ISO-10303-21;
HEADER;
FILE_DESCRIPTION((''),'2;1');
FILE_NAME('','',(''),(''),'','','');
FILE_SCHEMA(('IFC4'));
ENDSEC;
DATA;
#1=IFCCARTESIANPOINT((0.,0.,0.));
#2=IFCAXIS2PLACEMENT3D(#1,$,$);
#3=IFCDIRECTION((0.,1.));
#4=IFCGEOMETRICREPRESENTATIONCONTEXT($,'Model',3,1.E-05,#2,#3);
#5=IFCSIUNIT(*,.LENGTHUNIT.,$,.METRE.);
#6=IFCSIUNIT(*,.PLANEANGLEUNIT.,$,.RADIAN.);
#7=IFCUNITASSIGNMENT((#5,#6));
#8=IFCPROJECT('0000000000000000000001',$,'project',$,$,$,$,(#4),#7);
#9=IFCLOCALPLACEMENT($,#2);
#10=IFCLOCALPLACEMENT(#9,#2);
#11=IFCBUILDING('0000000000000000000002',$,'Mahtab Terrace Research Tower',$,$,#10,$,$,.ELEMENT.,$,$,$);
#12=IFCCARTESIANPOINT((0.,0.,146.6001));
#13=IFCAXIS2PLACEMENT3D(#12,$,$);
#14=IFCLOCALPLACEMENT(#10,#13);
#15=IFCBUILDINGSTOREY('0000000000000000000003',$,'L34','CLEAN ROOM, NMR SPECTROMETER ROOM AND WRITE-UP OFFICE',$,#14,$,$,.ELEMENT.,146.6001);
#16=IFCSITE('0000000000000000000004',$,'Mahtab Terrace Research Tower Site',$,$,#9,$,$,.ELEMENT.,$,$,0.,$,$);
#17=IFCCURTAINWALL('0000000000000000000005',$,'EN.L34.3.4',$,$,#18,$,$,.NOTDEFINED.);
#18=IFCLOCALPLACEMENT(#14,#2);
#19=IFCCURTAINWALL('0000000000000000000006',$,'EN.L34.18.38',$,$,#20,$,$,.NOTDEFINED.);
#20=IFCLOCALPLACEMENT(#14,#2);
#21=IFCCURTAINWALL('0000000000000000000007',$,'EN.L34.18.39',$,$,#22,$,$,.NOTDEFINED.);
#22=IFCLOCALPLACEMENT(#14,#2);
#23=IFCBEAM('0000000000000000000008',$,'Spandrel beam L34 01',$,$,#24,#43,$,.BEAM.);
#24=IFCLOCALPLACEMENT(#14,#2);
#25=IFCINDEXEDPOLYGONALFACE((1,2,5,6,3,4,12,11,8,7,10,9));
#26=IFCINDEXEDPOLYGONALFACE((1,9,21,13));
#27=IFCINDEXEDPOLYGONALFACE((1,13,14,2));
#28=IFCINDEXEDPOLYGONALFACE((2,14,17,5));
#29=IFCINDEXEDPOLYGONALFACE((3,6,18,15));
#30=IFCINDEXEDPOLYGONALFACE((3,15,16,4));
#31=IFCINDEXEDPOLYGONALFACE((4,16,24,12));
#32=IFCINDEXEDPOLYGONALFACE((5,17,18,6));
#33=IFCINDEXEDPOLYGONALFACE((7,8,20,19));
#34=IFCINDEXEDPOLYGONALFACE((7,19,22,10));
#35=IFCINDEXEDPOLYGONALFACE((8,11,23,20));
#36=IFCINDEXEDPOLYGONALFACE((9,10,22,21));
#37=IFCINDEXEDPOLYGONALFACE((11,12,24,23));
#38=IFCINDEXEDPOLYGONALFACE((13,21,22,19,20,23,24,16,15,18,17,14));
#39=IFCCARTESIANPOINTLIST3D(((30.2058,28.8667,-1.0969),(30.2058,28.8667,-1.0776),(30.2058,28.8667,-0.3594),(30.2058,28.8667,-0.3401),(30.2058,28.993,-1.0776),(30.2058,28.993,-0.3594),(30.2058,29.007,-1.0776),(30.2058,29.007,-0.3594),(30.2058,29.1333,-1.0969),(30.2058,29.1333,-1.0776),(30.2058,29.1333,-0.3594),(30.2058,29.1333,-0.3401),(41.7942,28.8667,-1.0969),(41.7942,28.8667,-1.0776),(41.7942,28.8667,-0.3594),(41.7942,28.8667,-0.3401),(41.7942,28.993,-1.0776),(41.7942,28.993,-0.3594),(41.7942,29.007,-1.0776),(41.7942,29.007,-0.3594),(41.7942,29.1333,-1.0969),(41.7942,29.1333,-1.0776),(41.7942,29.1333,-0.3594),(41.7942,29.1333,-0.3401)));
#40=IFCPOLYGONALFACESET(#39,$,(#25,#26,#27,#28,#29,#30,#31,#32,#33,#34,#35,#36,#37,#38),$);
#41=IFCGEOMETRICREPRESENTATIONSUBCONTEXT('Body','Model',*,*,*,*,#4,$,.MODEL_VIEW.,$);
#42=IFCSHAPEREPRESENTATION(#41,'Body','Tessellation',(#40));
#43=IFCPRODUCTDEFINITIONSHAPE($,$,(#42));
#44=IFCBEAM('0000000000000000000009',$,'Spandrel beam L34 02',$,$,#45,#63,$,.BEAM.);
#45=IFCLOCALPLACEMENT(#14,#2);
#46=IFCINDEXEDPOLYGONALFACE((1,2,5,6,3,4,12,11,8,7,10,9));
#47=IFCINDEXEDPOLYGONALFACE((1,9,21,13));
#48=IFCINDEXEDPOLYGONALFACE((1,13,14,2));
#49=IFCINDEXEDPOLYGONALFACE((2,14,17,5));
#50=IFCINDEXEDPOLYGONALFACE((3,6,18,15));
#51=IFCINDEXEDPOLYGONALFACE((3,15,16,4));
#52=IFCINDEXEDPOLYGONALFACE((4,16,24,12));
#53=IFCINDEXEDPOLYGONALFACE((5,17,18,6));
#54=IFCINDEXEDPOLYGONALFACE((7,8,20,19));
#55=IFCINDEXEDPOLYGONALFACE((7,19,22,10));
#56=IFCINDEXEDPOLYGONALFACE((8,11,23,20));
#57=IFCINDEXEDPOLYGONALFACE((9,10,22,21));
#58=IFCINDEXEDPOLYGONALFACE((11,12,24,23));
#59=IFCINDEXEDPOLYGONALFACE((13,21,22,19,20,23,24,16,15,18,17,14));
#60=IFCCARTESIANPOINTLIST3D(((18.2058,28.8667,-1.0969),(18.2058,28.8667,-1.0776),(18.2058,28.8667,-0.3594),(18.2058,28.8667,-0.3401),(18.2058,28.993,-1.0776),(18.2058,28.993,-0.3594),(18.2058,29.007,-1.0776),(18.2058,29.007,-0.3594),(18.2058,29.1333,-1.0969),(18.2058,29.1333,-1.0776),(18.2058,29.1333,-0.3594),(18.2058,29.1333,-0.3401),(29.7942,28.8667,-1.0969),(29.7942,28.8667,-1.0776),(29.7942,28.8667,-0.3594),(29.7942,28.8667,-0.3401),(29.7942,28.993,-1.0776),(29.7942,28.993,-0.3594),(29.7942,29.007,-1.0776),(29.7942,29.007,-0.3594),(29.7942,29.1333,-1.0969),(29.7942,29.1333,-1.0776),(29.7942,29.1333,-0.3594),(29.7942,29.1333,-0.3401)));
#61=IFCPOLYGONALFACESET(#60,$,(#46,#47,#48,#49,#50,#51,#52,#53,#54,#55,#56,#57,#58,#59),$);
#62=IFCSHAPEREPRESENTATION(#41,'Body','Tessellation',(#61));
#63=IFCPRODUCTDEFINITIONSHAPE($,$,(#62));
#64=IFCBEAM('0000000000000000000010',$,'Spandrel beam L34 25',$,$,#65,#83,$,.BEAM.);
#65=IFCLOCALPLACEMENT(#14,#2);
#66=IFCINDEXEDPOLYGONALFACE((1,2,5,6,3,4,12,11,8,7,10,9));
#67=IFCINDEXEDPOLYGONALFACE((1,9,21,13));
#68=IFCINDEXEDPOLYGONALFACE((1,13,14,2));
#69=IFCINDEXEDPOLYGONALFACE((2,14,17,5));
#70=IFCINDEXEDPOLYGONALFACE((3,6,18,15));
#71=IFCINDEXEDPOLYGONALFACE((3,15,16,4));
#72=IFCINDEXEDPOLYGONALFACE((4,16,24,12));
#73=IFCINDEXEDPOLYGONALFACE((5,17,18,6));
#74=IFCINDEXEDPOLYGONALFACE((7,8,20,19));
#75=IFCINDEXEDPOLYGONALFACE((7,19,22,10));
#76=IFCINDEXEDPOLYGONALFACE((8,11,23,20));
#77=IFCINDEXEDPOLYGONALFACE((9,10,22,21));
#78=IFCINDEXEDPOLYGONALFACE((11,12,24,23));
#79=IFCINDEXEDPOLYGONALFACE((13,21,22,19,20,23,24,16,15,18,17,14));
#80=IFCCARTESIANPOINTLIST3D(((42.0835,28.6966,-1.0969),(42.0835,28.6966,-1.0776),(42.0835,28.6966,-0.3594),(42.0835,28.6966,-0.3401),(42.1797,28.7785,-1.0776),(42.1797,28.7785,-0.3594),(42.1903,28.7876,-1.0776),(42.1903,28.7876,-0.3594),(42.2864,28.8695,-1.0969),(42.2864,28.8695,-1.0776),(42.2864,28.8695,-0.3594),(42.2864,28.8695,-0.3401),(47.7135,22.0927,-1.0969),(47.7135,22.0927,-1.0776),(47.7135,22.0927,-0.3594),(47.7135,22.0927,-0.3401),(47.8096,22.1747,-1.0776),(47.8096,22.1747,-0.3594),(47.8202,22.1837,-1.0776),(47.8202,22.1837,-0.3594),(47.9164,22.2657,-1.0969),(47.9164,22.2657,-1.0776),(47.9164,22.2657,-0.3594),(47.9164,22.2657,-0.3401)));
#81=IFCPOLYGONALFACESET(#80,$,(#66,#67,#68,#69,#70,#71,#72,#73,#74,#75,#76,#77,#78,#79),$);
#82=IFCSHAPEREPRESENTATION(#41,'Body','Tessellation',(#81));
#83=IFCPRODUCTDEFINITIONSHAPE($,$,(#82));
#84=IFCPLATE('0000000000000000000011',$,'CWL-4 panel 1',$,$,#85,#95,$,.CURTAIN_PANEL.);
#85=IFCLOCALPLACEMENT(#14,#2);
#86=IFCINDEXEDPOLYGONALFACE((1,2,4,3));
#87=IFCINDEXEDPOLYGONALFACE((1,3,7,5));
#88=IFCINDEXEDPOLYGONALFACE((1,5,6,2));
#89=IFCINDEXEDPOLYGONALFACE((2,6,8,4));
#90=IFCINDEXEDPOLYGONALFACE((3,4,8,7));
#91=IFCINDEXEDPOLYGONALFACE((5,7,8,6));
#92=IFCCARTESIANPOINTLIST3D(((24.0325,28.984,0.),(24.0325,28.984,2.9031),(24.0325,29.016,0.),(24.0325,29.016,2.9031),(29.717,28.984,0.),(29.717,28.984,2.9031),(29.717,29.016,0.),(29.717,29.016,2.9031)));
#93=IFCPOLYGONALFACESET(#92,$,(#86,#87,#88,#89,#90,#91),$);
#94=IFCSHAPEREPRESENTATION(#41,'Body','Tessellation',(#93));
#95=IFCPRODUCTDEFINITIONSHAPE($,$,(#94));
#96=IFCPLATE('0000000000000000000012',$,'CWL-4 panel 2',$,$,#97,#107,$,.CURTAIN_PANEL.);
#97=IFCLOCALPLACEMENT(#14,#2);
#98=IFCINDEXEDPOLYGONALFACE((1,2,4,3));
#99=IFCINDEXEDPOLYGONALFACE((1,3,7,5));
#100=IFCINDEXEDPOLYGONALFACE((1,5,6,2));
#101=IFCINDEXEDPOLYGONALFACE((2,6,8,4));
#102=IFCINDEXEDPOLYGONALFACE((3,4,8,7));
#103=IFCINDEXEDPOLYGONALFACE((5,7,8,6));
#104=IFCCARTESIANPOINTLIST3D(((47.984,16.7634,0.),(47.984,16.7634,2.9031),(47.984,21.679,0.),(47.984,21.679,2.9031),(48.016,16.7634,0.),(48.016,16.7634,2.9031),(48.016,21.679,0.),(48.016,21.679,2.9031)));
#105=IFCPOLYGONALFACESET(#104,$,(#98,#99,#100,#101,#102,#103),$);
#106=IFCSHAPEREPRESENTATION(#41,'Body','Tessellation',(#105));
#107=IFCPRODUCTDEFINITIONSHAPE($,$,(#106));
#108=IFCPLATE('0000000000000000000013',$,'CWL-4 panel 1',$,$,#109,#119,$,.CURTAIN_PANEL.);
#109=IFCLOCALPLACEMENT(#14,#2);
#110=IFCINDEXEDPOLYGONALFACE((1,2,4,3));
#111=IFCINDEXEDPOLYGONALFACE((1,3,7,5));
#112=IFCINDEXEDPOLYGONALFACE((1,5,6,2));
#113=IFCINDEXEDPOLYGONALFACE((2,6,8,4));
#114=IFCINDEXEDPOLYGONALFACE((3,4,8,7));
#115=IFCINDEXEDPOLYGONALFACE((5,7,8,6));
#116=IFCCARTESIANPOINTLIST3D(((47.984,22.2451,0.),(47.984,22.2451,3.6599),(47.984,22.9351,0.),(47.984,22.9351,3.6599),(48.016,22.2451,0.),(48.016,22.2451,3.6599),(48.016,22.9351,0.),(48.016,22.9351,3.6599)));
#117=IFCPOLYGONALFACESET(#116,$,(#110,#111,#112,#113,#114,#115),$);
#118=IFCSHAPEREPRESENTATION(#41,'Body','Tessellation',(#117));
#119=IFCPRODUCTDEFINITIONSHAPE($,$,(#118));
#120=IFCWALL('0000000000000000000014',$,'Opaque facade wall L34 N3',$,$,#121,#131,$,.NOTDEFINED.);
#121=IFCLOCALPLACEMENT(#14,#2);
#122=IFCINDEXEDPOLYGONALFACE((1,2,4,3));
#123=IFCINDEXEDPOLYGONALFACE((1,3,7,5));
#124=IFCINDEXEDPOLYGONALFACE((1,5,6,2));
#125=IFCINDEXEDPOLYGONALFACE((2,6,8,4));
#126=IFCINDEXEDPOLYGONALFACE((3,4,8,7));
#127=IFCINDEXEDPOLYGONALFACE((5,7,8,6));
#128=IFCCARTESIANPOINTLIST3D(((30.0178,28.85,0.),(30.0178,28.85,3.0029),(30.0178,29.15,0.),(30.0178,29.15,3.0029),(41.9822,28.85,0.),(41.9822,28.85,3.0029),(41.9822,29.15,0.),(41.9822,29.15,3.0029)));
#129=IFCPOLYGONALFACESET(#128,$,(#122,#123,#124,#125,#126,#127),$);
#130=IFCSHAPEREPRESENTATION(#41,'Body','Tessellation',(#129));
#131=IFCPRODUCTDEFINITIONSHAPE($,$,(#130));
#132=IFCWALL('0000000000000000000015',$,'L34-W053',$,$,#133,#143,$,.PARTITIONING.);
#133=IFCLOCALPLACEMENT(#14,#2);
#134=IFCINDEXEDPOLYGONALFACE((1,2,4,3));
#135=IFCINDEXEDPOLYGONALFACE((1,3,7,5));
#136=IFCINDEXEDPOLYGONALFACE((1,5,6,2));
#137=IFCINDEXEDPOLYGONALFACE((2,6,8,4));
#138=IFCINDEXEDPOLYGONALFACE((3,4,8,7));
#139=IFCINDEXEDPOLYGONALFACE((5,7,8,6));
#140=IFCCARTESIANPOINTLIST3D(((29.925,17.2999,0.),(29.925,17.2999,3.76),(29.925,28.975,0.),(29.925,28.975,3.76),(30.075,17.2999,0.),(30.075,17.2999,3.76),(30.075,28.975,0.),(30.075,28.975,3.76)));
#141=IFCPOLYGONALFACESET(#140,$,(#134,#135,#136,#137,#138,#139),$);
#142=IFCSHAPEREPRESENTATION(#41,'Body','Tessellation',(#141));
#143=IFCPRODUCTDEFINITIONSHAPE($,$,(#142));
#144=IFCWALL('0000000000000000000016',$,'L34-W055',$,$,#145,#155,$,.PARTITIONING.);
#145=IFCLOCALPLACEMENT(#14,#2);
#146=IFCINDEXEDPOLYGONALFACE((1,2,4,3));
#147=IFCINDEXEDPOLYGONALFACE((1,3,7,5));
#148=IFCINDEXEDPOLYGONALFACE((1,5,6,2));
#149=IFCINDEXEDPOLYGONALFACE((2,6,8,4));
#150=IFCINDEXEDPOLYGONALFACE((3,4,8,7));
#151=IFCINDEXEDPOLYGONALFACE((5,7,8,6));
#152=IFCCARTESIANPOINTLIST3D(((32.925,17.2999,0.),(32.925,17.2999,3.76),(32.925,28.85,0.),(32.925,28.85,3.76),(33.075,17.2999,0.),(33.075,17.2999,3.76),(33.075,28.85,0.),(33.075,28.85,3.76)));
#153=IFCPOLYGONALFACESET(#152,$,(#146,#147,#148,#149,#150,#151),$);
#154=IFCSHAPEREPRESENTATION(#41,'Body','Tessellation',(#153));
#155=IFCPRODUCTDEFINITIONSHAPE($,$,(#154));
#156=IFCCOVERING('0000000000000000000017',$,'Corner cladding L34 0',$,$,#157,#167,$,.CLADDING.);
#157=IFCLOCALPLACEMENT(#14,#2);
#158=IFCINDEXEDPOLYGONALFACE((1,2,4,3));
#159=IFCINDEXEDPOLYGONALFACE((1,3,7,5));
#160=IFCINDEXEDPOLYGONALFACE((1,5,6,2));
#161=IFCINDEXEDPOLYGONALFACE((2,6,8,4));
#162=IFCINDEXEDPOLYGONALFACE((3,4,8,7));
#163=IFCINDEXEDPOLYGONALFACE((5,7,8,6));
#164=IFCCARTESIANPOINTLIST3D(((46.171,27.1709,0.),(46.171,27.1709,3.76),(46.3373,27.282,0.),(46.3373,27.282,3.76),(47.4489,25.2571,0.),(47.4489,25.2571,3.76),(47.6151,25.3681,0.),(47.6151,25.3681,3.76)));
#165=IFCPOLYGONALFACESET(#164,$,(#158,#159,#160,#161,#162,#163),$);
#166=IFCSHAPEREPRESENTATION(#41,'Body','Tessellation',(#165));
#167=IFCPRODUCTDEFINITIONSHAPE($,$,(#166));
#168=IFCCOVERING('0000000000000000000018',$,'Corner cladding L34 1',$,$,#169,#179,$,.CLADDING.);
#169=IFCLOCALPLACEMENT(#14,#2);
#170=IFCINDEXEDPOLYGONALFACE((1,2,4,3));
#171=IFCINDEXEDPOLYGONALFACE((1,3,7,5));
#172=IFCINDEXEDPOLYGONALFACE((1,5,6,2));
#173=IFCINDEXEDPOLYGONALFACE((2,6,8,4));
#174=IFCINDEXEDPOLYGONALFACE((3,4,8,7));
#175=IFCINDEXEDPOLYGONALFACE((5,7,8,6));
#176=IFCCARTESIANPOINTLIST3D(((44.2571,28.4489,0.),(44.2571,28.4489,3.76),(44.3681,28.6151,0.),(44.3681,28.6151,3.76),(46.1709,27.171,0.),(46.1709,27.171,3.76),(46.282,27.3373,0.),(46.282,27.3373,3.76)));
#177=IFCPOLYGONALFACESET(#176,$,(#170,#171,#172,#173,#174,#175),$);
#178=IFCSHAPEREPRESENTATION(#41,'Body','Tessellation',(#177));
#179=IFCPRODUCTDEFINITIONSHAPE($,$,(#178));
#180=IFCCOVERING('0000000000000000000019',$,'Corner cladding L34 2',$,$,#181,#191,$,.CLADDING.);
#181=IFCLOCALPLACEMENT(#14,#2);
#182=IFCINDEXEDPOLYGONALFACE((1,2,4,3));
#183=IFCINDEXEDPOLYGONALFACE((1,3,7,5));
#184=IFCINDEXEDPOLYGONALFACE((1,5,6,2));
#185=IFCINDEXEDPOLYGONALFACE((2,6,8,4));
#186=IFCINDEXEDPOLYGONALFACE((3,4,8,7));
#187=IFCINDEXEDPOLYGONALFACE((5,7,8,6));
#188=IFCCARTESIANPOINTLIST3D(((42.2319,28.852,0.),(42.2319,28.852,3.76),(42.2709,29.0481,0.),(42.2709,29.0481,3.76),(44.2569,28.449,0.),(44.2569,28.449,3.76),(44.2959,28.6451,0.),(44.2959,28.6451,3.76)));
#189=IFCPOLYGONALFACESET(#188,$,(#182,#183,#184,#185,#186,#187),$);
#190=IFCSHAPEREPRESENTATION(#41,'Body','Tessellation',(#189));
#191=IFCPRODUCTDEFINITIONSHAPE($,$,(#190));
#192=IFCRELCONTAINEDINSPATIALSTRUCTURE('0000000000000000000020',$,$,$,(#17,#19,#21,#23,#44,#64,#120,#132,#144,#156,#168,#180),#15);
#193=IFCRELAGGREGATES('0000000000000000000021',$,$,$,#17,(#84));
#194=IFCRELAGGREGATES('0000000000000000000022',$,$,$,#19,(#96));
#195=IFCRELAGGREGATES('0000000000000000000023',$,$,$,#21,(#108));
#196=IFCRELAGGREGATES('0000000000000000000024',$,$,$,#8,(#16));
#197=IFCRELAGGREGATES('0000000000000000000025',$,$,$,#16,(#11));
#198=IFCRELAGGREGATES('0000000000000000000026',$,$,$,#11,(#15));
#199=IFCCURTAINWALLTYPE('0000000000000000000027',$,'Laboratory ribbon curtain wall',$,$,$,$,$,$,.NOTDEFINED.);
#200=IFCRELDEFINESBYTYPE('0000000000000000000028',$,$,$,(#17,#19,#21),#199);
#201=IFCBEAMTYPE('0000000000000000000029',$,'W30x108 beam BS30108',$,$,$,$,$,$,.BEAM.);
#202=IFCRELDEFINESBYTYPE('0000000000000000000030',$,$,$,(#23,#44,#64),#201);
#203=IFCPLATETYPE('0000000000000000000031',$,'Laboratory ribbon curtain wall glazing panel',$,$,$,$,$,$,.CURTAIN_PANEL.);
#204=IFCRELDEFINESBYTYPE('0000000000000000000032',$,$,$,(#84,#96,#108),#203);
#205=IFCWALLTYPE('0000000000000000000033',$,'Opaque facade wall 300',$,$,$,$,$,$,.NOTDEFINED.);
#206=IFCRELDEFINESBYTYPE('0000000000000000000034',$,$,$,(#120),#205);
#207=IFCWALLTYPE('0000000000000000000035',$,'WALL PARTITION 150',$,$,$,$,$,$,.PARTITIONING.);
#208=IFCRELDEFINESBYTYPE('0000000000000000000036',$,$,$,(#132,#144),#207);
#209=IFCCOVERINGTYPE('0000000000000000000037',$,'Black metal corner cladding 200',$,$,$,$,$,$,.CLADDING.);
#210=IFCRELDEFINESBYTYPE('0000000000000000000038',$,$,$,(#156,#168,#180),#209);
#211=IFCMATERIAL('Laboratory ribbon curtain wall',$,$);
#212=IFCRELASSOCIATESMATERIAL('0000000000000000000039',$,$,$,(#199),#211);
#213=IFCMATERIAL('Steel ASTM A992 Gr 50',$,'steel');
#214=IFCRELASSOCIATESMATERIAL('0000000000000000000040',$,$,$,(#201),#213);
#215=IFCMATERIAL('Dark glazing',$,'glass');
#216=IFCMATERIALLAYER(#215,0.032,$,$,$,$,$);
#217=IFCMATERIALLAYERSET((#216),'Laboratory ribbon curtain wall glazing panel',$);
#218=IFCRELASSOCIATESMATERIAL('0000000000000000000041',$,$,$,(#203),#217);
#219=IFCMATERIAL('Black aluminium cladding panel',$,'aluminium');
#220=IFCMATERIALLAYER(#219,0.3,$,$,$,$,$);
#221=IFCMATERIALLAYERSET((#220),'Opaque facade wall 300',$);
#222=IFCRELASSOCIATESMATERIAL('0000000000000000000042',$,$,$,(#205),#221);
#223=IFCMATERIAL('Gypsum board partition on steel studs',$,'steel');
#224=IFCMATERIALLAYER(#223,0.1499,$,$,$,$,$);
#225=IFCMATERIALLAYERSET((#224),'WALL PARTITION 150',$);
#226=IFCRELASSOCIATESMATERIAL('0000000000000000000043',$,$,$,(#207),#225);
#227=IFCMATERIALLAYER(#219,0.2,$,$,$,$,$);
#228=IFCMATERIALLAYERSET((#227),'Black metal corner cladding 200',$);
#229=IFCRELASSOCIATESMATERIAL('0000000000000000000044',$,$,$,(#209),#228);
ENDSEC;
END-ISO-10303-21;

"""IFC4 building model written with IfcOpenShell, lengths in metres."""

from ifc_helpers import new_model, si_unit, direction, frame, frame_2d, origin, origin_2d, place, context, subcontext, project, spatial, rectangle, i_section, extrude, material, layer, layer_set, material_profile, profile_set, type_object, element, aggregate, save


model = new_model("IFC4")

# Units and contexts
model_context = context("Model", 3, precision=1e-05, world=origin(), true_north=direction((0.0, 1.0)))
body_context = subcontext(model_context, "Body", "Model", "MODEL_VIEW")
ifc_project = project(units=[si_unit("LENGTHUNIT", "METRE"), si_unit("PLANEANGLEUNIT", "RADIAN")], contexts=[model_context])

# Site, building, storey
site_placement = place(None, origin())
site = spatial("IfcSite", under=ifc_project, at=site_placement, Name="Mahtab Terrace Research Tower Site", CompositionType="ELEMENT", RefElevation=0.0)
building_placement = place(site_placement, origin())
building = spatial("IfcBuilding", under=site, at=building_placement, Name="Mahtab Terrace Research Tower", CompositionType="ELEMENT")
storey_placement = place(building_placement, frame((0.0, 0.0, 146.6001)))
storey = spatial("IfcBuildingStorey", under=building, at=storey_placement, Name="L34", Description="CLEAN ROOM, NMR SPECTROMETER ROOM AND WRITE-UP OFFICE", CompositionType="ELEMENT", Elevation=146.6001)

# Shared definitions
ifc_material_1 = material(Name="Steel ASTM A992 Gr 50", Category="steel")

# Curtain walls
ifc_material_2 = material(Name="Laboratory ribbon curtain wall")
curtain_wall_type = type_object("IfcCurtainWallType", Name="Laboratory ribbon curtain wall", PredefinedType="NOTDEFINED", material=ifc_material_2)
curtain_wall_1_placement = place(storey_placement, origin())
curtain_wall_1 = element("IfcCurtainWall", 1, at=curtain_wall_1_placement, inside=storey, type_object=curtain_wall_type, Name="EN.L34.3.4", PredefinedType="NOTDEFINED")
curtain_wall_2_placement = place(storey_placement, origin())
curtain_wall_2 = element("IfcCurtainWall", 2, at=curtain_wall_2_placement, inside=storey, type_object=curtain_wall_type, Name="EN.L34.18.38", PredefinedType="NOTDEFINED")

# Curtain wall
curtain_wall_3_placement = place(storey_placement, origin())
curtain_wall_3 = element("IfcCurtainWall", 3, at=curtain_wall_3_placement, inside=storey, type_object=curtain_wall_type, Name="EN.L34.18.39", PredefinedType="NOTDEFINED")

# Beams
ifc_material_profile_1 = material_profile(ifc_material_1, i_section(OverallWidth=0.2666, OverallDepth=0.7568, WebThickness=0.0139, FlangeThickness=0.0193, at=origin_2d()), Name="W30X108")
ifc_profile_set_1 = profile_set([ifc_material_profile_1], Name="Steel ASTM A992 Gr 50")
beam_type = type_object("IfcBeamType", Name="W30x108 beam BS30108", PredefinedType="BEAM", material=ifc_profile_set_1)
for number, where, z_axis, x_axis, name in (
    (4, (41.7942, 29.0, -0.7185), (-1.0, 0.0, 0.0), (0.0, -1.0, 0.0), "Spandrel beam L34 01"),
    (5, (29.7942, 29.0, -0.7185), (-1.0, 0.0, 0.0), (0.0, -1.0, 0.0), "Spandrel beam L34 02"),
):
    element("IfcBeam", number, at=place(storey_placement, frame(where, z_axis=z_axis, x_axis=x_axis)), inside=storey, type_object=beam_type, Name=name, PredefinedType="BEAM", context=body_context, shape_type="SweptSolid", body=[
        extrude(i_section(OverallWidth=0.2666, OverallDepth=0.7568, WebThickness=0.0139, FlangeThickness=0.0193, at=origin_2d()), origin(), (0.0, 0.0, 1.0), 11.5884),
    ])
beam_placement = place(storey_placement, frame((47.8149, 22.1792, -0.7185), z_axis=(-0.648764, 0.76099, 0.0), x_axis=(-0.76099, -0.648764, 0.0)))
element("IfcBeam", 6, at=beam_placement, inside=storey, type_object=beam_type, Name="Spandrel beam L34 25", PredefinedType="BEAM", context=body_context, shape_type="SweptSolid", body=[
    extrude(i_section(OverallWidth=0.2666, OverallDepth=0.7568, WebThickness=0.0139, FlangeThickness=0.0193, at=origin_2d()), origin(), (0.0, 0.0, 1.0), 8.678),
])

# Plates
ifc_material_3 = material(Name="Dark glazing", Category="glass")
ifc_layer_1 = layer(ifc_material_3, 0.032)
ifc_layer_set_1 = layer_set([ifc_layer_1], Name="Laboratory ribbon curtain wall glazing panel")
plate_type = type_object("IfcPlateType", Name="Laboratory ribbon curtain wall glazing panel", PredefinedType="CURTAIN_PANEL", material=ifc_layer_set_1)
plate_1_placement = place(storey_placement, frame((26.8748, 29.0, 0.0), z_axis=(0.0, 0.0, 1.0), x_axis=(-1.0, 0.0, 0.0)))
plate_1 = element("IfcPlate", 7, at=plate_1_placement, type_object=plate_type, Name="CWL-4 panel 1", PredefinedType="CURTAIN_PANEL", context=body_context, shape_type="SweptSolid", body=[
    extrude(rectangle(XDim=5.6846, YDim=0.032, at=origin_2d()), origin(), (0.0, 0.0, 1.0), 2.9031),
])
aggregate(curtain_wall_1, [plate_1])
plate_2_placement = place(storey_placement, frame((48.0, 19.2212, 0.0), z_axis=(0.0, 0.0, 1.0), x_axis=(0.0, 1.0, 0.0)))
plate_2 = element("IfcPlate", 8, at=plate_2_placement, type_object=plate_type, Name="CWL-4 panel 2", PredefinedType="CURTAIN_PANEL", context=body_context, shape_type="SweptSolid", body=[
    extrude(rectangle(XDim=4.9155, YDim=0.032, at=origin_2d()), origin(), (0.0, 0.0, 1.0), 2.9031),
])
aggregate(curtain_wall_2, [plate_2])
plate_3_placement = place(storey_placement, frame((48.0, 22.5901, 0.0), z_axis=(0.0, 0.0, 1.0), x_axis=(0.0, 1.0, 0.0)))
plate_3 = element("IfcPlate", 9, at=plate_3_placement, type_object=plate_type, Name="CWL-4 panel 1", PredefinedType="CURTAIN_PANEL", context=body_context, shape_type="SweptSolid", body=[
    extrude(rectangle(XDim=0.6899, YDim=0.032, at=origin_2d()), origin(), (0.0, 0.0, 1.0), 3.6599),
])
aggregate(curtain_wall_3, [plate_3])

# Walls
ifc_material_4 = material(Name="Black aluminium cladding panel", Category="aluminium")
ifc_layer_2 = layer(ifc_material_4, 0.3)
ifc_layer_set_2 = layer_set([ifc_layer_2], Name="Opaque facade wall 300")
wall_type_1 = type_object("IfcWallType", Name="Opaque facade wall 300", PredefinedType="NOTDEFINED", material=ifc_layer_set_2)
wall_1_placement = place(storey_placement, frame((41.9822, 29.0, 0.0), z_axis=(0.0, 0.0, 1.0), x_axis=(-1.0, 0.0, 0.0)))
element("IfcWall", 10, at=wall_1_placement, inside=storey, type_object=wall_type_1, Name="Opaque facade wall L34 N3", PredefinedType="NOTDEFINED", context=body_context, shape_type="SweptSolid", body=[
    extrude(rectangle(XDim=11.9644, YDim=0.3, at=frame_2d((5.9822, 0.0))), origin(), (0.0, 0.0, 1.0), 3.0029),
])
ifc_material_5 = material(Name="Gypsum board partition on steel studs", Category="steel")
ifc_layer_3 = layer(ifc_material_5, 0.1499)
ifc_layer_set_3 = layer_set([ifc_layer_3], Name="WALL PARTITION 150")
wall_type_2 = type_object("IfcWallType", Name="WALL PARTITION 150", PredefinedType="PARTITIONING", material=ifc_layer_set_3)
wall_2_placement = place(storey_placement, frame((30.0, 17.3, 0.0), z_axis=(0.0, 0.0, 1.0), x_axis=(0.0, 1.0, 0.0)))
element("IfcWall", 11, at=wall_2_placement, inside=storey, type_object=wall_type_2, Name="L34-W053", PredefinedType="PARTITIONING", context=body_context, shape_type="SweptSolid", body=[
    extrude(rectangle(XDim=11.675, YDim=0.1499, at=frame_2d((5.8374, 0.0))), origin(), (0.0, 0.0, 1.0), 3.76),
])
wall_3_placement = place(storey_placement, frame((33.0, 17.3, 0.0), z_axis=(0.0, 0.0, 1.0), x_axis=(0.0, 1.0, 0.0)))
element("IfcWall", 12, at=wall_3_placement, inside=storey, type_object=wall_type_2, Name="L34-W055", PredefinedType="PARTITIONING", context=body_context, shape_type="SweptSolid", body=[
    extrude(rectangle(XDim=11.55, YDim=0.1499, at=frame_2d((5.7749, 0.0))), origin(), (0.0, 0.0, 1.0), 3.76),
])

# Coverings
ifc_layer_4 = layer(ifc_material_4, 0.2)
ifc_layer_set_4 = layer_set([ifc_layer_4], Name="Black metal corner cladding 200")
covering_type = type_object("IfcCoveringType", Name="Black metal corner cladding 200", PredefinedType="CLADDING", material=ifc_layer_set_4)
for number, where, z_axis, x_axis, name in (
    (13, (46.8931, 26.2695, 0.0), (0.0, 0.0, 1.0), (-0.555291, 0.831656, 0.0), "Corner cladding L34 0"),
    (14, (45.2695, 27.8931, 0.0), (0.0, 0.0, 1.0), (-0.831656, 0.555291, 0.0), "Corner cladding L34 1"),
):
    element("IfcCovering", number, at=place(storey_placement, frame(where, z_axis=z_axis, x_axis=x_axis)), inside=storey, type_object=covering_type, Name=name, PredefinedType="CLADDING", context=body_context, shape_type="SweptSolid", body=[
        extrude(rectangle(XDim=2.3013, YDim=0.2, at=origin_2d()), origin(), (0.0, 0.0, 1.0), 3.76),
    ])
covering_1_placement = place(storey_placement, frame((43.2639, 28.7485, 0.0), z_axis=(0.0, 0.0, 1.0), x_axis=(-0.980761, 0.195212, 0.0)))
element("IfcCovering", 15, at=covering_1_placement, inside=storey, type_object=covering_type, Name="Corner cladding L34 2", PredefinedType="CLADDING", context=body_context, shape_type="SweptSolid", body=[
    extrude(rectangle(XDim=2.0647, YDim=0.2, at=origin_2d()), origin(), (0.0, 0.0, 1.0), 3.76),
])

save(model, "model.ifc")
